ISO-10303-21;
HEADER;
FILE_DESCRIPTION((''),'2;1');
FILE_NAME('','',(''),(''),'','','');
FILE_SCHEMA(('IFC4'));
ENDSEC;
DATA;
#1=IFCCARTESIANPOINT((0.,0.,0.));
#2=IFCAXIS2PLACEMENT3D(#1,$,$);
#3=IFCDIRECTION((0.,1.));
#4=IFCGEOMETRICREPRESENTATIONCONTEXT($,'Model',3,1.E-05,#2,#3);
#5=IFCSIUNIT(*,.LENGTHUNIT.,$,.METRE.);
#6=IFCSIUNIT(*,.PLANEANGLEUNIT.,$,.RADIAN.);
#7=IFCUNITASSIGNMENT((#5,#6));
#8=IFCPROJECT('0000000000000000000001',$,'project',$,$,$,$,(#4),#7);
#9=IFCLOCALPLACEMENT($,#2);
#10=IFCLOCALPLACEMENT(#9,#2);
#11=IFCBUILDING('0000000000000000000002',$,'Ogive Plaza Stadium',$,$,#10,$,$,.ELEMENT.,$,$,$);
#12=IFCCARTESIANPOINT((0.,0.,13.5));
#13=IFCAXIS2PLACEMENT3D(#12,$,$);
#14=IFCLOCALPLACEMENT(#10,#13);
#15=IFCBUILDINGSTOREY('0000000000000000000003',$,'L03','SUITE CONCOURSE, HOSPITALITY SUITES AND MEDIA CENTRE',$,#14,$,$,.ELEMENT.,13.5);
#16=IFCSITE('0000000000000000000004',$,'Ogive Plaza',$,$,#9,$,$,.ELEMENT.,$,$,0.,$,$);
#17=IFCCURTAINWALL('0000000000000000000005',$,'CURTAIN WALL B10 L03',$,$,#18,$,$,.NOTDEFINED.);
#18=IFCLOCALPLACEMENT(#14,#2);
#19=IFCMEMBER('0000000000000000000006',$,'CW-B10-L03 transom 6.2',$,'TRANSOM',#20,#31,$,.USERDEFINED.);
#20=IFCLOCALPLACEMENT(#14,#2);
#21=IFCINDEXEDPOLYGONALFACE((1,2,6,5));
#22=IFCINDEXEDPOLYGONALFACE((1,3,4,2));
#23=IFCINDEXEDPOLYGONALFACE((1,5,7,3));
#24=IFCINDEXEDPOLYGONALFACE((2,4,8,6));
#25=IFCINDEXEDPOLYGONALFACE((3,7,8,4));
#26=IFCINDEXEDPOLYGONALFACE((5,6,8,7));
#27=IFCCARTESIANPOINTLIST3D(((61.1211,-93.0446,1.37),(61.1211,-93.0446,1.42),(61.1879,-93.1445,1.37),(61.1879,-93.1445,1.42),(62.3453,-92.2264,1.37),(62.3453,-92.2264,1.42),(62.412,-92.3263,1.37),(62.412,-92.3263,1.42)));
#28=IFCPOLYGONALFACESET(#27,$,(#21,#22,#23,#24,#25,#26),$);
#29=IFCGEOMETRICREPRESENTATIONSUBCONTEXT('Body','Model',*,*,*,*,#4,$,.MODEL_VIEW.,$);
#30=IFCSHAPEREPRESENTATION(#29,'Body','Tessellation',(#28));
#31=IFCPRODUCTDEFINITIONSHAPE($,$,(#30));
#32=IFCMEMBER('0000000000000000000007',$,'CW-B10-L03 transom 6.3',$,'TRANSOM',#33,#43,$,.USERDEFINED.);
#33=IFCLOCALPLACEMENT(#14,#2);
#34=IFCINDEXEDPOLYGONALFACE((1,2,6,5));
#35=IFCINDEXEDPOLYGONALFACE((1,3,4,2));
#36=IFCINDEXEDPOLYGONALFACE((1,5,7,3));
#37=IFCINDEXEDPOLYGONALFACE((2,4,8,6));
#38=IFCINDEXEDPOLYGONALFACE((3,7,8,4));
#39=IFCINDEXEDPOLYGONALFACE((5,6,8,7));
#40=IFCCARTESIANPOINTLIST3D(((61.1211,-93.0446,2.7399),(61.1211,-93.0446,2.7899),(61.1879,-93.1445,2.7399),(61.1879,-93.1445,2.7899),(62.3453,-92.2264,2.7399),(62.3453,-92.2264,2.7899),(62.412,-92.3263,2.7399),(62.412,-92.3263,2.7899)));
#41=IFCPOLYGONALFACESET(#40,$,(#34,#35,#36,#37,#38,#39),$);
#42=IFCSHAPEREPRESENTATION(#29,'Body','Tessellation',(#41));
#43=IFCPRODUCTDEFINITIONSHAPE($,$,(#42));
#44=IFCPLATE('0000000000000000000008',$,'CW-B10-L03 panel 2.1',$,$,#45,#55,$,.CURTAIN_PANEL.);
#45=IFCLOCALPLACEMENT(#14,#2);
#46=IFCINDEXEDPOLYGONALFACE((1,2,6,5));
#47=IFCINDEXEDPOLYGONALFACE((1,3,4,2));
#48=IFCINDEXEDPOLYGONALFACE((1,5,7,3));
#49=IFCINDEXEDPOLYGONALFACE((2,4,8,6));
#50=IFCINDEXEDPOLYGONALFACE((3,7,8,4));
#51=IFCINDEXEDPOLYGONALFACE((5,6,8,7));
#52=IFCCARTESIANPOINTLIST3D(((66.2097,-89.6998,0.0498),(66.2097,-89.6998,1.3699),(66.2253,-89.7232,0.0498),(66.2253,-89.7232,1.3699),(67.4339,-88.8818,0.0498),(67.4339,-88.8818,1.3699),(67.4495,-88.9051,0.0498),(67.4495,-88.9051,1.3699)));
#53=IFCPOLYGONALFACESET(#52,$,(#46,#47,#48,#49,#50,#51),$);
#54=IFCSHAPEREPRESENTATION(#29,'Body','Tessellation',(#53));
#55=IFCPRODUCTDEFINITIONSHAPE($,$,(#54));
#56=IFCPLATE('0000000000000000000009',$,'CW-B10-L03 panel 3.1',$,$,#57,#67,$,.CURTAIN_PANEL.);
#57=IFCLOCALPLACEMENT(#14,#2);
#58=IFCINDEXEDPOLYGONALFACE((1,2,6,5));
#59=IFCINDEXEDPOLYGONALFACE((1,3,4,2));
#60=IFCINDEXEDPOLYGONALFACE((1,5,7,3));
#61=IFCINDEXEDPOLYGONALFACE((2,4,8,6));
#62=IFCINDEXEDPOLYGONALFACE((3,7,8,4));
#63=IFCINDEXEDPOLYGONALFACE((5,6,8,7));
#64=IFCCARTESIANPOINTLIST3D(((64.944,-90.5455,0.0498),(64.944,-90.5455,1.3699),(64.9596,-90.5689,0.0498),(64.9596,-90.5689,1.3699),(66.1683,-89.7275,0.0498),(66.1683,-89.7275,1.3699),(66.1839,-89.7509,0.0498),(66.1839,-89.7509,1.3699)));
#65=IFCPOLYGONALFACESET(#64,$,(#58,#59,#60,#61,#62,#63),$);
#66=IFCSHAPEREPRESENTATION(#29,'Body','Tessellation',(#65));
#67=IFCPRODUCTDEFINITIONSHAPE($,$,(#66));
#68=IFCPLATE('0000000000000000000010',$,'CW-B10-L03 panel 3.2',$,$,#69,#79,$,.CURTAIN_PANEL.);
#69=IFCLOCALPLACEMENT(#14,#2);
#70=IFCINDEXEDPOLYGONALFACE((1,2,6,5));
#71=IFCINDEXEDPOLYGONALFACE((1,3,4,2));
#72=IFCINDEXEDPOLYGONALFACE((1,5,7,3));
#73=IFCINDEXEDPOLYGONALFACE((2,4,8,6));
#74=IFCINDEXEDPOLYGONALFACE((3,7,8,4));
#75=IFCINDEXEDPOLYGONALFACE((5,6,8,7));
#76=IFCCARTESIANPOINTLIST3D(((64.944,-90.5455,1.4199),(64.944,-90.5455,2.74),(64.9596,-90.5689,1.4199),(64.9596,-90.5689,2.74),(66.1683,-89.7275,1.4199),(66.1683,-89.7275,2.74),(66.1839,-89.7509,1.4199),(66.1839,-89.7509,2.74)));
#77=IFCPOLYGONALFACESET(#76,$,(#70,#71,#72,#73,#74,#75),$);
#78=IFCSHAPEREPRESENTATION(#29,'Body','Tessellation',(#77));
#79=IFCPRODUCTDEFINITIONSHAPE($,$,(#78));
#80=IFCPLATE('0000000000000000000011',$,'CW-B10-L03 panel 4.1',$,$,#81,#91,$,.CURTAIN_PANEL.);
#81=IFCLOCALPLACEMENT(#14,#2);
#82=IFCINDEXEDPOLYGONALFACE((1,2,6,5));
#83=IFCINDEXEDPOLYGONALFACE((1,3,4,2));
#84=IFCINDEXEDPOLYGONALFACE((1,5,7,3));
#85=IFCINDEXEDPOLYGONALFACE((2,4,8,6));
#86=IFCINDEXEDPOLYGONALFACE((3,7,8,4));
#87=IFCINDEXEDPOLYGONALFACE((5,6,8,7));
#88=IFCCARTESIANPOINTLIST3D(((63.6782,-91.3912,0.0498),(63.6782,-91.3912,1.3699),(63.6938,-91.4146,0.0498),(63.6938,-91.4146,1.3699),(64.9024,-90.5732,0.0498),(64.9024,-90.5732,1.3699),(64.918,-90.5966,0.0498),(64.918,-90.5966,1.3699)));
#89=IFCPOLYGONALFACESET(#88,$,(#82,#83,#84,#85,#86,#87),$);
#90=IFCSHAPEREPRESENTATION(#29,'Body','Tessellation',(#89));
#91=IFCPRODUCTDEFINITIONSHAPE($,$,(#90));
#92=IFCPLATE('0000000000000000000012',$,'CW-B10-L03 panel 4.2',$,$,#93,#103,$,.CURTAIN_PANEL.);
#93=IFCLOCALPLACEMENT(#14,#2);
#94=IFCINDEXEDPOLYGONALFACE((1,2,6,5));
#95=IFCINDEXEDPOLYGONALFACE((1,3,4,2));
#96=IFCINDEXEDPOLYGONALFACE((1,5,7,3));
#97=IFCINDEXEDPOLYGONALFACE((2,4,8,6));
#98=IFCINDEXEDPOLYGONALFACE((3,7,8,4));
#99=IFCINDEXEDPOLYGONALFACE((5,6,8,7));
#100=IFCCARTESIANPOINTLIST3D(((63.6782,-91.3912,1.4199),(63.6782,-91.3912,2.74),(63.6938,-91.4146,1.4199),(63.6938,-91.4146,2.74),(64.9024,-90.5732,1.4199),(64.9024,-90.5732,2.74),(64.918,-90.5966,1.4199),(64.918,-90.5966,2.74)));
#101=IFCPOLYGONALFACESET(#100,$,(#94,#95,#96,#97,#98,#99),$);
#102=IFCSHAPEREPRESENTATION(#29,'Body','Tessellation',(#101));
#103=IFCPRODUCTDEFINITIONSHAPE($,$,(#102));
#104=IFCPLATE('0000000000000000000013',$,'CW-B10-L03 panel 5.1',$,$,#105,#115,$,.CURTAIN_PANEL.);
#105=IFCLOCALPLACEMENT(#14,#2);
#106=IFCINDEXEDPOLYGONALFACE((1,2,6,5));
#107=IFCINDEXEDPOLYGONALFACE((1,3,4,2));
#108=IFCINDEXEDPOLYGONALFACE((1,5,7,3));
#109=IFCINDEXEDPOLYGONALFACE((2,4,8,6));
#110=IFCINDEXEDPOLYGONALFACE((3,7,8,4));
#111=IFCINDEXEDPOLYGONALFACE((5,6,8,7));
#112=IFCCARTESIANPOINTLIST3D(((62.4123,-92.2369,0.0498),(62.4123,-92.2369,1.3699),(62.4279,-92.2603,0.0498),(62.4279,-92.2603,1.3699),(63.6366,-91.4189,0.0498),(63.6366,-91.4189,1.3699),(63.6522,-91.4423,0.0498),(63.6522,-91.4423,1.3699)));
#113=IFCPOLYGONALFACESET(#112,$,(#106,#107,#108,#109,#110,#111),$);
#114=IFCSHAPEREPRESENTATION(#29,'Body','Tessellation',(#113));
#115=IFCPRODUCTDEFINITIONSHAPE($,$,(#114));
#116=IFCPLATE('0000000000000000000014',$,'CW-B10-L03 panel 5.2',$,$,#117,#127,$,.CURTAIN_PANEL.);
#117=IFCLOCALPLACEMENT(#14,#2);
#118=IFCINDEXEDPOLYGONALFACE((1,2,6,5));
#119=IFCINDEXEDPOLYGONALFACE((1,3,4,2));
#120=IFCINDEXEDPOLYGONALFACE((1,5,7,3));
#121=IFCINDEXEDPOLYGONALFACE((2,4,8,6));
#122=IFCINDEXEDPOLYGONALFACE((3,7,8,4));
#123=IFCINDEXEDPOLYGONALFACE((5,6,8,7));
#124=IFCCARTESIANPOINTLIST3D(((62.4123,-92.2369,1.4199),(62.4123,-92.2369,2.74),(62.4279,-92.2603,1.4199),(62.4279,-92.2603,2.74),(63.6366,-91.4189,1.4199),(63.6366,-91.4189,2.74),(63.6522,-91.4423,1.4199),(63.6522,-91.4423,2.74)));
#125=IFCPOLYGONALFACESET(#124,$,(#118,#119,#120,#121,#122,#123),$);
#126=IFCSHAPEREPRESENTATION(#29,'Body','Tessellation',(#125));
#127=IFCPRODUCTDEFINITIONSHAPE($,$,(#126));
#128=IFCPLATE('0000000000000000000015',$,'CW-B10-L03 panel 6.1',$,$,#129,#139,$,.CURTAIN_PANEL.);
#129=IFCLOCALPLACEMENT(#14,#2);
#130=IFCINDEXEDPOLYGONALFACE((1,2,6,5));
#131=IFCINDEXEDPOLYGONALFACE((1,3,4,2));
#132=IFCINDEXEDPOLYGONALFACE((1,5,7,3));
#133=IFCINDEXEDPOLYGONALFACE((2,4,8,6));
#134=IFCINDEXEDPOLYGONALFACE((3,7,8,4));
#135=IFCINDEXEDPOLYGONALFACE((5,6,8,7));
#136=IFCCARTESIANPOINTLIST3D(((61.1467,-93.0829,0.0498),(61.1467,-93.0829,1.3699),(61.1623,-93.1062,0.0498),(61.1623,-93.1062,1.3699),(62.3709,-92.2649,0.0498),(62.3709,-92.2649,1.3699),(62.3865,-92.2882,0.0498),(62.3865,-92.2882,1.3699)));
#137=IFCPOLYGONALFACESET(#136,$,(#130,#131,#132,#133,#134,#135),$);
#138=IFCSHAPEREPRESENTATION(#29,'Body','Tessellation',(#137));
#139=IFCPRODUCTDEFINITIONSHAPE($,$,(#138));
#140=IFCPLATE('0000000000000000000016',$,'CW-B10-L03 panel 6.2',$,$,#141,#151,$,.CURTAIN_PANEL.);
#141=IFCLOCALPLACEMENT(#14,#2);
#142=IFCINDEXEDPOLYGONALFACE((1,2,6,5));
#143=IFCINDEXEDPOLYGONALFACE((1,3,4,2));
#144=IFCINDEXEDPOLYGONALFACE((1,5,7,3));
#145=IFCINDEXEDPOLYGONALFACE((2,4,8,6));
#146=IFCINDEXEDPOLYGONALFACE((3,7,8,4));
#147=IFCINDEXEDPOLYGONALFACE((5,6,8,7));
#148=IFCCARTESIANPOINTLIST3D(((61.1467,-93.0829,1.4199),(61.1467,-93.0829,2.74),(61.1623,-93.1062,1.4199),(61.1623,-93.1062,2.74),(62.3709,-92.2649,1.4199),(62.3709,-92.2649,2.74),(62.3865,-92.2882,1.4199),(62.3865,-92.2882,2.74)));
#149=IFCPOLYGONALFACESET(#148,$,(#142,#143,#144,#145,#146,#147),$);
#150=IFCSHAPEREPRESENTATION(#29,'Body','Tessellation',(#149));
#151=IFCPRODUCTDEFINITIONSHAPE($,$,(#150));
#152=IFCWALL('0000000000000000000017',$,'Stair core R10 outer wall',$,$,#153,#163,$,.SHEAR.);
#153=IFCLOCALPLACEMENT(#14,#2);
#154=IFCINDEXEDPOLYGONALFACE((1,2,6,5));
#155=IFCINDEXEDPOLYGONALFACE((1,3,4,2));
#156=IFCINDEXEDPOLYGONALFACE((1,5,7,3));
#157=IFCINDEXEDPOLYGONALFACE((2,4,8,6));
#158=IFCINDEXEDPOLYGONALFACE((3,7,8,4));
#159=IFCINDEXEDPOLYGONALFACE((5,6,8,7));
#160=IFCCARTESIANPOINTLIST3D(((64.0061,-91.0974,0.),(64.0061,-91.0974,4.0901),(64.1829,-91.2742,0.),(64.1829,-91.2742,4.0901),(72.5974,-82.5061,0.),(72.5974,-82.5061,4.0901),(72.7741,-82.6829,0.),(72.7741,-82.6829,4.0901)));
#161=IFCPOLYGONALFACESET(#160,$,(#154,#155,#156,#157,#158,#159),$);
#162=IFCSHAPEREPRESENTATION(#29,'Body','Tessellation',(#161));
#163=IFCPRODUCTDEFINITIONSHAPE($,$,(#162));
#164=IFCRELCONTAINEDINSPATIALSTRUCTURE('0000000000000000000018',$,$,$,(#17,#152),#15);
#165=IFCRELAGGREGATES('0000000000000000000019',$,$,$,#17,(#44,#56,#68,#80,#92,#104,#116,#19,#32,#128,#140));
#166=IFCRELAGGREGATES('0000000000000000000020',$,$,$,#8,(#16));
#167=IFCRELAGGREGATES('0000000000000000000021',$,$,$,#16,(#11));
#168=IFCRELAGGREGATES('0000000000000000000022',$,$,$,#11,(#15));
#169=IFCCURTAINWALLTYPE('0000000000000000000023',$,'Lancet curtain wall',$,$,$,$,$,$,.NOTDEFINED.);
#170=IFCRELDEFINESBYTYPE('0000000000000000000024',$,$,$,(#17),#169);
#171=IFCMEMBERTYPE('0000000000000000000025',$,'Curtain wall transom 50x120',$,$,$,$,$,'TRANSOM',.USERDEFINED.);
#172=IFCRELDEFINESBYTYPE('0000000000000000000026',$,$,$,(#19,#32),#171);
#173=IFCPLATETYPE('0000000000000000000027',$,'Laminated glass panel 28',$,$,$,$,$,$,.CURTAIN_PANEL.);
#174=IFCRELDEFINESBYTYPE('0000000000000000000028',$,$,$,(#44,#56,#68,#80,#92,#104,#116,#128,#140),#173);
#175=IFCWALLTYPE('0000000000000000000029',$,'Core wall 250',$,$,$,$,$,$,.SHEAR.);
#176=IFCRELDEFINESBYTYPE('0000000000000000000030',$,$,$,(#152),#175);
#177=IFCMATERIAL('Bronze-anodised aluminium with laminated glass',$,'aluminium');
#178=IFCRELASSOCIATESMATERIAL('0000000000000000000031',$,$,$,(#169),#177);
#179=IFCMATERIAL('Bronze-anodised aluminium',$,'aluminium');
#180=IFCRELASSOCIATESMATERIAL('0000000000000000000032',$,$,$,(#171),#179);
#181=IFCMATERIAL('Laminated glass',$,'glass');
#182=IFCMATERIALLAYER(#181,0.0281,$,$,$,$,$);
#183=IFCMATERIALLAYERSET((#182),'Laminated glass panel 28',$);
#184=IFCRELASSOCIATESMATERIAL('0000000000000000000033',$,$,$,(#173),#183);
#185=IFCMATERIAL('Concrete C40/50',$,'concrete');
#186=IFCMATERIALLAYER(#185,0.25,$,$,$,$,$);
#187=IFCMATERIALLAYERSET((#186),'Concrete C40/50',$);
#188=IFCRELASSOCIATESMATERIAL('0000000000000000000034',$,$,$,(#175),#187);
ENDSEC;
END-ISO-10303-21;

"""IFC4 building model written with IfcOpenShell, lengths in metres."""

from ifc_helpers import new_model, si_unit, direction, frame, frame_2d, origin, origin_2d, place, context, subcontext, project, spatial, rectangle, extrude, material, layer, layer_set, material_profile, profile_set, type_object, element, aggregate, save


model = new_model("IFC4")

# Units and contexts
model_context = context("Model", 3, precision=1e-05, world=origin(), true_north=direction((0.0, 1.0)))
body_context = subcontext(model_context, "Body", "Model", "MODEL_VIEW")
ifc_project = project(units=[si_unit("LENGTHUNIT", "METRE"), si_unit("PLANEANGLEUNIT", "RADIAN")], contexts=[model_context])

# Site, building, storey
site_placement = place(None, origin())
site = spatial("IfcSite", under=ifc_project, at=site_placement, Name="Ogive Plaza", CompositionType="ELEMENT", RefElevation=0.0)
building_placement = place(site_placement, origin())
building = spatial("IfcBuilding", under=site, at=building_placement, Name="Ogive Plaza Stadium", CompositionType="ELEMENT")
storey_placement = place(building_placement, frame((0.0, 0.0, 13.5)))
storey = spatial("IfcBuildingStorey", under=building, at=storey_placement, Name="L03", Description="SUITE CONCOURSE, HOSPITALITY SUITES AND MEDIA CENTRE", CompositionType="ELEMENT", Elevation=13.5)

# Curtain wall, members, plates
ifc_material_1 = material(Name="Bronze-anodised aluminium with laminated glass", Category="aluminium")
curtain_wall_type = type_object("IfcCurtainWallType", Name="Lancet curtain wall", PredefinedType="NOTDEFINED", material=ifc_material_1)
curtain_wall_placement = place(storey_placement, origin())
curtain_wall = element("IfcCurtainWall", 1, at=curtain_wall_placement, inside=storey, type_object=curtain_wall_type, Name="CURTAIN WALL B10 L03", PredefinedType="NOTDEFINED")
ifc_material_2 = material(Name="Bronze-anodised aluminium", Category="aluminium")
ifc_material_profile_1 = material_profile(ifc_material_2, rectangle(XDim=0.1201, YDim=0.05, at=origin_2d()), Name="AL 120x50")
ifc_profile_set_1 = profile_set([ifc_material_profile_1], Name="Bronze-anodised aluminium")
member_type_1 = type_object("IfcMemberType", Name="Curtain wall transom 50x120", ElementType="TRANSOM", PredefinedType="USERDEFINED", material=ifc_profile_set_1)
member_1_placement = place(storey_placement, frame((62.3787, -92.2764, 1.395), z_axis=(-0.831412, -0.555656, 0.0), x_axis=(0.555656, -0.831412, 0.0)))
member_1 = element("IfcMember", 2, at=member_1_placement, type_object=member_type_1, Name="CW-B10-L03 transom 6.2", ObjectType="TRANSOM", PredefinedType="USERDEFINED", context=body_context, shape_type="SweptSolid", body=[
    extrude(rectangle(XDim=0.1201, YDim=0.05, at=origin_2d()), origin(), (0.0, 0.0, 1.0), 1.4724),
])
member_2_placement = place(storey_placement, frame((62.3787, -92.2764, 2.7649), z_axis=(-0.831412, -0.555656, 0.0), x_axis=(0.555656, -0.831412, 0.0)))
member_2 = element("IfcMember", 3, at=member_2_placement, type_object=member_type_1, Name="CW-B10-L03 transom 6.3", ObjectType="TRANSOM", PredefinedType="USERDEFINED", context=body_context, shape_type="SweptSolid", body=[
    extrude(rectangle(XDim=0.1201, YDim=0.05, at=origin_2d()), origin(), (0.0, 0.0, 1.0), 1.4724),
])
ifc_material_3 = material(Name="Laminated glass", Category="glass")
ifc_layer_1 = layer(ifc_material_3, 0.0281)
ifc_layer_set_1 = layer_set([ifc_layer_1], Name="Laminated glass panel 28")
plate_type = type_object("IfcPlateType", Name="Laminated glass panel 28", PredefinedType="CURTAIN_PANEL", material=ifc_layer_set_1)
plate_1_placement = place(storey_placement, frame((66.8296, -89.3025, 0.0498), z_axis=(0.0, 0.0, 1.0), x_axis=(-0.83147, -0.55557, 0.0)))
plate_1 = element("IfcPlate", 4, at=plate_1_placement, type_object=plate_type, Name="CW-B10-L03 panel 2.1", PredefinedType="CURTAIN_PANEL", context=body_context, shape_type="SweptSolid", body=[
    extrude(rectangle(XDim=1.4724, YDim=0.0281, at=origin_2d()), origin(), (0.0, 0.0, 1.0), 1.3201),
])
plate_2_placement = place(storey_placement, frame((65.564, -90.1482, 0.0498), z_axis=(0.0, 0.0, 1.0), x_axis=(-0.83147, -0.55557, 0.0)))
plate_2 = element("IfcPlate", 5, at=plate_2_placement, type_object=plate_type, Name="CW-B10-L03 panel 3.1", PredefinedType="CURTAIN_PANEL", context=body_context, shape_type="SweptSolid", body=[
    extrude(rectangle(XDim=1.4724, YDim=0.0281, at=origin_2d()), origin(), (0.0, 0.0, 1.0), 1.3201),
])
plate_3_placement = place(storey_placement, frame((65.564, -90.1482, 1.4199), z_axis=(0.0, 0.0, 1.0), x_axis=(-0.83147, -0.55557, 0.0)))
plate_3 = element("IfcPlate", 6, at=plate_3_placement, type_object=plate_type, Name="CW-B10-L03 panel 3.2", PredefinedType="CURTAIN_PANEL", context=body_context, shape_type="SweptSolid", body=[
    extrude(rectangle(XDim=1.4724, YDim=0.0281, at=origin_2d()), origin(), (0.0, 0.0, 1.0), 1.3201),
])
plate_4_placement = place(storey_placement, frame((64.2981, -90.9939, 0.0498), z_axis=(0.0, 0.0, 1.0), x_axis=(-0.83147, -0.55557, 0.0)))
plate_4 = element("IfcPlate", 7, at=plate_4_placement, type_object=plate_type, Name="CW-B10-L03 panel 4.1", PredefinedType="CURTAIN_PANEL", context=body_context, shape_type="SweptSolid", body=[
    extrude(rectangle(XDim=1.4724, YDim=0.0281, at=origin_2d()), origin(), (0.0, 0.0, 1.0), 1.3201),
])
plate_5_placement = place(storey_placement, frame((64.2981, -90.9939, 1.4199), z_axis=(0.0, 0.0, 1.0), x_axis=(-0.83147, -0.55557, 0.0)))
plate_5 = element("IfcPlate", 8, at=plate_5_placement, type_object=plate_type, Name="CW-B10-L03 panel 4.2", PredefinedType="CURTAIN_PANEL", context=body_context, shape_type="SweptSolid", body=[
    extrude(rectangle(XDim=1.4724, YDim=0.0281, at=origin_2d()), origin(), (0.0, 0.0, 1.0), 1.3201),
])
plate_6_placement = place(storey_placement, frame((63.0322, -91.8396, 0.0498), z_axis=(0.0, 0.0, 1.0), x_axis=(-0.83147, -0.55557, 0.0)))
plate_6 = element("IfcPlate", 9, at=plate_6_placement, type_object=plate_type, Name="CW-B10-L03 panel 5.1", PredefinedType="CURTAIN_PANEL", context=body_context, shape_type="SweptSolid", body=[
    extrude(rectangle(XDim=1.4724, YDim=0.0281, at=origin_2d()), origin(), (0.0, 0.0, 1.0), 1.3201),
])
plate_7_placement = place(storey_placement, frame((63.0322, -91.8396, 1.4199), z_axis=(0.0, 0.0, 1.0), x_axis=(-0.83147, -0.55557, 0.0)))
plate_7 = element("IfcPlate", 10, at=plate_7_placement, type_object=plate_type, Name="CW-B10-L03 panel 5.2", PredefinedType="CURTAIN_PANEL", context=body_context, shape_type="SweptSolid", body=[
    extrude(rectangle(XDim=1.4724, YDim=0.0281, at=origin_2d()), origin(), (0.0, 0.0, 1.0), 1.3201),
])
plate_8_placement = place(storey_placement, frame((61.7666, -92.6855, 0.0498), z_axis=(0.0, 0.0, 1.0), x_axis=(-0.83147, -0.55557, 0.0)))
plate_8 = element("IfcPlate", 11, at=plate_8_placement, type_object=plate_type, Name="CW-B10-L03 panel 6.1", PredefinedType="CURTAIN_PANEL", context=body_context, shape_type="SweptSolid", body=[
    extrude(rectangle(XDim=1.4724, YDim=0.0281, at=origin_2d()), origin(), (0.0, 0.0, 1.0), 1.3201),
])
plate_9_placement = place(storey_placement, frame((61.7666, -92.6855, 1.4199), z_axis=(0.0, 0.0, 1.0), x_axis=(-0.83147, -0.55557, 0.0)))
plate_9 = element("IfcPlate", 12, at=plate_9_placement, type_object=plate_type, Name="CW-B10-L03 panel 6.2", PredefinedType="CURTAIN_PANEL", context=body_context, shape_type="SweptSolid", body=[
    extrude(rectangle(XDim=1.4724, YDim=0.0281, at=origin_2d()), origin(), (0.0, 0.0, 1.0), 1.3201),
])
aggregate(curtain_wall, [plate_1, plate_2, plate_3, plate_4, plate_5, plate_6, plate_7, member_1, member_2, plate_8, plate_9])

# Wall
ifc_material_4 = material(Name="Concrete C40/50", Category="concrete")
ifc_layer_2 = layer(ifc_material_4, 0.25)
ifc_layer_set_2 = layer_set([ifc_layer_2], Name="Concrete C40/50")
wall_type = type_object("IfcWallType", Name="Core wall 250", PredefinedType="SHEAR", material=ifc_layer_set_2)
wall_placement = place(storey_placement, frame((64.0945, -91.1858, 0.0), z_axis=(0.0, 0.0, 1.0), x_axis=(0.707107, 0.707107, 0.0)))
element("IfcWall", 13, at=wall_placement, inside=storey, type_object=wall_type, Name="Stair core R10 outer wall", PredefinedType="SHEAR", context=body_context, shape_type="SweptSolid", body=[
    extrude(rectangle(XDim=12.1499, YDim=0.25, at=frame_2d((6.075, 0.0))), origin(), (0.0, 0.0, 1.0), 4.0901),
])

save(model, "model.ifc")
